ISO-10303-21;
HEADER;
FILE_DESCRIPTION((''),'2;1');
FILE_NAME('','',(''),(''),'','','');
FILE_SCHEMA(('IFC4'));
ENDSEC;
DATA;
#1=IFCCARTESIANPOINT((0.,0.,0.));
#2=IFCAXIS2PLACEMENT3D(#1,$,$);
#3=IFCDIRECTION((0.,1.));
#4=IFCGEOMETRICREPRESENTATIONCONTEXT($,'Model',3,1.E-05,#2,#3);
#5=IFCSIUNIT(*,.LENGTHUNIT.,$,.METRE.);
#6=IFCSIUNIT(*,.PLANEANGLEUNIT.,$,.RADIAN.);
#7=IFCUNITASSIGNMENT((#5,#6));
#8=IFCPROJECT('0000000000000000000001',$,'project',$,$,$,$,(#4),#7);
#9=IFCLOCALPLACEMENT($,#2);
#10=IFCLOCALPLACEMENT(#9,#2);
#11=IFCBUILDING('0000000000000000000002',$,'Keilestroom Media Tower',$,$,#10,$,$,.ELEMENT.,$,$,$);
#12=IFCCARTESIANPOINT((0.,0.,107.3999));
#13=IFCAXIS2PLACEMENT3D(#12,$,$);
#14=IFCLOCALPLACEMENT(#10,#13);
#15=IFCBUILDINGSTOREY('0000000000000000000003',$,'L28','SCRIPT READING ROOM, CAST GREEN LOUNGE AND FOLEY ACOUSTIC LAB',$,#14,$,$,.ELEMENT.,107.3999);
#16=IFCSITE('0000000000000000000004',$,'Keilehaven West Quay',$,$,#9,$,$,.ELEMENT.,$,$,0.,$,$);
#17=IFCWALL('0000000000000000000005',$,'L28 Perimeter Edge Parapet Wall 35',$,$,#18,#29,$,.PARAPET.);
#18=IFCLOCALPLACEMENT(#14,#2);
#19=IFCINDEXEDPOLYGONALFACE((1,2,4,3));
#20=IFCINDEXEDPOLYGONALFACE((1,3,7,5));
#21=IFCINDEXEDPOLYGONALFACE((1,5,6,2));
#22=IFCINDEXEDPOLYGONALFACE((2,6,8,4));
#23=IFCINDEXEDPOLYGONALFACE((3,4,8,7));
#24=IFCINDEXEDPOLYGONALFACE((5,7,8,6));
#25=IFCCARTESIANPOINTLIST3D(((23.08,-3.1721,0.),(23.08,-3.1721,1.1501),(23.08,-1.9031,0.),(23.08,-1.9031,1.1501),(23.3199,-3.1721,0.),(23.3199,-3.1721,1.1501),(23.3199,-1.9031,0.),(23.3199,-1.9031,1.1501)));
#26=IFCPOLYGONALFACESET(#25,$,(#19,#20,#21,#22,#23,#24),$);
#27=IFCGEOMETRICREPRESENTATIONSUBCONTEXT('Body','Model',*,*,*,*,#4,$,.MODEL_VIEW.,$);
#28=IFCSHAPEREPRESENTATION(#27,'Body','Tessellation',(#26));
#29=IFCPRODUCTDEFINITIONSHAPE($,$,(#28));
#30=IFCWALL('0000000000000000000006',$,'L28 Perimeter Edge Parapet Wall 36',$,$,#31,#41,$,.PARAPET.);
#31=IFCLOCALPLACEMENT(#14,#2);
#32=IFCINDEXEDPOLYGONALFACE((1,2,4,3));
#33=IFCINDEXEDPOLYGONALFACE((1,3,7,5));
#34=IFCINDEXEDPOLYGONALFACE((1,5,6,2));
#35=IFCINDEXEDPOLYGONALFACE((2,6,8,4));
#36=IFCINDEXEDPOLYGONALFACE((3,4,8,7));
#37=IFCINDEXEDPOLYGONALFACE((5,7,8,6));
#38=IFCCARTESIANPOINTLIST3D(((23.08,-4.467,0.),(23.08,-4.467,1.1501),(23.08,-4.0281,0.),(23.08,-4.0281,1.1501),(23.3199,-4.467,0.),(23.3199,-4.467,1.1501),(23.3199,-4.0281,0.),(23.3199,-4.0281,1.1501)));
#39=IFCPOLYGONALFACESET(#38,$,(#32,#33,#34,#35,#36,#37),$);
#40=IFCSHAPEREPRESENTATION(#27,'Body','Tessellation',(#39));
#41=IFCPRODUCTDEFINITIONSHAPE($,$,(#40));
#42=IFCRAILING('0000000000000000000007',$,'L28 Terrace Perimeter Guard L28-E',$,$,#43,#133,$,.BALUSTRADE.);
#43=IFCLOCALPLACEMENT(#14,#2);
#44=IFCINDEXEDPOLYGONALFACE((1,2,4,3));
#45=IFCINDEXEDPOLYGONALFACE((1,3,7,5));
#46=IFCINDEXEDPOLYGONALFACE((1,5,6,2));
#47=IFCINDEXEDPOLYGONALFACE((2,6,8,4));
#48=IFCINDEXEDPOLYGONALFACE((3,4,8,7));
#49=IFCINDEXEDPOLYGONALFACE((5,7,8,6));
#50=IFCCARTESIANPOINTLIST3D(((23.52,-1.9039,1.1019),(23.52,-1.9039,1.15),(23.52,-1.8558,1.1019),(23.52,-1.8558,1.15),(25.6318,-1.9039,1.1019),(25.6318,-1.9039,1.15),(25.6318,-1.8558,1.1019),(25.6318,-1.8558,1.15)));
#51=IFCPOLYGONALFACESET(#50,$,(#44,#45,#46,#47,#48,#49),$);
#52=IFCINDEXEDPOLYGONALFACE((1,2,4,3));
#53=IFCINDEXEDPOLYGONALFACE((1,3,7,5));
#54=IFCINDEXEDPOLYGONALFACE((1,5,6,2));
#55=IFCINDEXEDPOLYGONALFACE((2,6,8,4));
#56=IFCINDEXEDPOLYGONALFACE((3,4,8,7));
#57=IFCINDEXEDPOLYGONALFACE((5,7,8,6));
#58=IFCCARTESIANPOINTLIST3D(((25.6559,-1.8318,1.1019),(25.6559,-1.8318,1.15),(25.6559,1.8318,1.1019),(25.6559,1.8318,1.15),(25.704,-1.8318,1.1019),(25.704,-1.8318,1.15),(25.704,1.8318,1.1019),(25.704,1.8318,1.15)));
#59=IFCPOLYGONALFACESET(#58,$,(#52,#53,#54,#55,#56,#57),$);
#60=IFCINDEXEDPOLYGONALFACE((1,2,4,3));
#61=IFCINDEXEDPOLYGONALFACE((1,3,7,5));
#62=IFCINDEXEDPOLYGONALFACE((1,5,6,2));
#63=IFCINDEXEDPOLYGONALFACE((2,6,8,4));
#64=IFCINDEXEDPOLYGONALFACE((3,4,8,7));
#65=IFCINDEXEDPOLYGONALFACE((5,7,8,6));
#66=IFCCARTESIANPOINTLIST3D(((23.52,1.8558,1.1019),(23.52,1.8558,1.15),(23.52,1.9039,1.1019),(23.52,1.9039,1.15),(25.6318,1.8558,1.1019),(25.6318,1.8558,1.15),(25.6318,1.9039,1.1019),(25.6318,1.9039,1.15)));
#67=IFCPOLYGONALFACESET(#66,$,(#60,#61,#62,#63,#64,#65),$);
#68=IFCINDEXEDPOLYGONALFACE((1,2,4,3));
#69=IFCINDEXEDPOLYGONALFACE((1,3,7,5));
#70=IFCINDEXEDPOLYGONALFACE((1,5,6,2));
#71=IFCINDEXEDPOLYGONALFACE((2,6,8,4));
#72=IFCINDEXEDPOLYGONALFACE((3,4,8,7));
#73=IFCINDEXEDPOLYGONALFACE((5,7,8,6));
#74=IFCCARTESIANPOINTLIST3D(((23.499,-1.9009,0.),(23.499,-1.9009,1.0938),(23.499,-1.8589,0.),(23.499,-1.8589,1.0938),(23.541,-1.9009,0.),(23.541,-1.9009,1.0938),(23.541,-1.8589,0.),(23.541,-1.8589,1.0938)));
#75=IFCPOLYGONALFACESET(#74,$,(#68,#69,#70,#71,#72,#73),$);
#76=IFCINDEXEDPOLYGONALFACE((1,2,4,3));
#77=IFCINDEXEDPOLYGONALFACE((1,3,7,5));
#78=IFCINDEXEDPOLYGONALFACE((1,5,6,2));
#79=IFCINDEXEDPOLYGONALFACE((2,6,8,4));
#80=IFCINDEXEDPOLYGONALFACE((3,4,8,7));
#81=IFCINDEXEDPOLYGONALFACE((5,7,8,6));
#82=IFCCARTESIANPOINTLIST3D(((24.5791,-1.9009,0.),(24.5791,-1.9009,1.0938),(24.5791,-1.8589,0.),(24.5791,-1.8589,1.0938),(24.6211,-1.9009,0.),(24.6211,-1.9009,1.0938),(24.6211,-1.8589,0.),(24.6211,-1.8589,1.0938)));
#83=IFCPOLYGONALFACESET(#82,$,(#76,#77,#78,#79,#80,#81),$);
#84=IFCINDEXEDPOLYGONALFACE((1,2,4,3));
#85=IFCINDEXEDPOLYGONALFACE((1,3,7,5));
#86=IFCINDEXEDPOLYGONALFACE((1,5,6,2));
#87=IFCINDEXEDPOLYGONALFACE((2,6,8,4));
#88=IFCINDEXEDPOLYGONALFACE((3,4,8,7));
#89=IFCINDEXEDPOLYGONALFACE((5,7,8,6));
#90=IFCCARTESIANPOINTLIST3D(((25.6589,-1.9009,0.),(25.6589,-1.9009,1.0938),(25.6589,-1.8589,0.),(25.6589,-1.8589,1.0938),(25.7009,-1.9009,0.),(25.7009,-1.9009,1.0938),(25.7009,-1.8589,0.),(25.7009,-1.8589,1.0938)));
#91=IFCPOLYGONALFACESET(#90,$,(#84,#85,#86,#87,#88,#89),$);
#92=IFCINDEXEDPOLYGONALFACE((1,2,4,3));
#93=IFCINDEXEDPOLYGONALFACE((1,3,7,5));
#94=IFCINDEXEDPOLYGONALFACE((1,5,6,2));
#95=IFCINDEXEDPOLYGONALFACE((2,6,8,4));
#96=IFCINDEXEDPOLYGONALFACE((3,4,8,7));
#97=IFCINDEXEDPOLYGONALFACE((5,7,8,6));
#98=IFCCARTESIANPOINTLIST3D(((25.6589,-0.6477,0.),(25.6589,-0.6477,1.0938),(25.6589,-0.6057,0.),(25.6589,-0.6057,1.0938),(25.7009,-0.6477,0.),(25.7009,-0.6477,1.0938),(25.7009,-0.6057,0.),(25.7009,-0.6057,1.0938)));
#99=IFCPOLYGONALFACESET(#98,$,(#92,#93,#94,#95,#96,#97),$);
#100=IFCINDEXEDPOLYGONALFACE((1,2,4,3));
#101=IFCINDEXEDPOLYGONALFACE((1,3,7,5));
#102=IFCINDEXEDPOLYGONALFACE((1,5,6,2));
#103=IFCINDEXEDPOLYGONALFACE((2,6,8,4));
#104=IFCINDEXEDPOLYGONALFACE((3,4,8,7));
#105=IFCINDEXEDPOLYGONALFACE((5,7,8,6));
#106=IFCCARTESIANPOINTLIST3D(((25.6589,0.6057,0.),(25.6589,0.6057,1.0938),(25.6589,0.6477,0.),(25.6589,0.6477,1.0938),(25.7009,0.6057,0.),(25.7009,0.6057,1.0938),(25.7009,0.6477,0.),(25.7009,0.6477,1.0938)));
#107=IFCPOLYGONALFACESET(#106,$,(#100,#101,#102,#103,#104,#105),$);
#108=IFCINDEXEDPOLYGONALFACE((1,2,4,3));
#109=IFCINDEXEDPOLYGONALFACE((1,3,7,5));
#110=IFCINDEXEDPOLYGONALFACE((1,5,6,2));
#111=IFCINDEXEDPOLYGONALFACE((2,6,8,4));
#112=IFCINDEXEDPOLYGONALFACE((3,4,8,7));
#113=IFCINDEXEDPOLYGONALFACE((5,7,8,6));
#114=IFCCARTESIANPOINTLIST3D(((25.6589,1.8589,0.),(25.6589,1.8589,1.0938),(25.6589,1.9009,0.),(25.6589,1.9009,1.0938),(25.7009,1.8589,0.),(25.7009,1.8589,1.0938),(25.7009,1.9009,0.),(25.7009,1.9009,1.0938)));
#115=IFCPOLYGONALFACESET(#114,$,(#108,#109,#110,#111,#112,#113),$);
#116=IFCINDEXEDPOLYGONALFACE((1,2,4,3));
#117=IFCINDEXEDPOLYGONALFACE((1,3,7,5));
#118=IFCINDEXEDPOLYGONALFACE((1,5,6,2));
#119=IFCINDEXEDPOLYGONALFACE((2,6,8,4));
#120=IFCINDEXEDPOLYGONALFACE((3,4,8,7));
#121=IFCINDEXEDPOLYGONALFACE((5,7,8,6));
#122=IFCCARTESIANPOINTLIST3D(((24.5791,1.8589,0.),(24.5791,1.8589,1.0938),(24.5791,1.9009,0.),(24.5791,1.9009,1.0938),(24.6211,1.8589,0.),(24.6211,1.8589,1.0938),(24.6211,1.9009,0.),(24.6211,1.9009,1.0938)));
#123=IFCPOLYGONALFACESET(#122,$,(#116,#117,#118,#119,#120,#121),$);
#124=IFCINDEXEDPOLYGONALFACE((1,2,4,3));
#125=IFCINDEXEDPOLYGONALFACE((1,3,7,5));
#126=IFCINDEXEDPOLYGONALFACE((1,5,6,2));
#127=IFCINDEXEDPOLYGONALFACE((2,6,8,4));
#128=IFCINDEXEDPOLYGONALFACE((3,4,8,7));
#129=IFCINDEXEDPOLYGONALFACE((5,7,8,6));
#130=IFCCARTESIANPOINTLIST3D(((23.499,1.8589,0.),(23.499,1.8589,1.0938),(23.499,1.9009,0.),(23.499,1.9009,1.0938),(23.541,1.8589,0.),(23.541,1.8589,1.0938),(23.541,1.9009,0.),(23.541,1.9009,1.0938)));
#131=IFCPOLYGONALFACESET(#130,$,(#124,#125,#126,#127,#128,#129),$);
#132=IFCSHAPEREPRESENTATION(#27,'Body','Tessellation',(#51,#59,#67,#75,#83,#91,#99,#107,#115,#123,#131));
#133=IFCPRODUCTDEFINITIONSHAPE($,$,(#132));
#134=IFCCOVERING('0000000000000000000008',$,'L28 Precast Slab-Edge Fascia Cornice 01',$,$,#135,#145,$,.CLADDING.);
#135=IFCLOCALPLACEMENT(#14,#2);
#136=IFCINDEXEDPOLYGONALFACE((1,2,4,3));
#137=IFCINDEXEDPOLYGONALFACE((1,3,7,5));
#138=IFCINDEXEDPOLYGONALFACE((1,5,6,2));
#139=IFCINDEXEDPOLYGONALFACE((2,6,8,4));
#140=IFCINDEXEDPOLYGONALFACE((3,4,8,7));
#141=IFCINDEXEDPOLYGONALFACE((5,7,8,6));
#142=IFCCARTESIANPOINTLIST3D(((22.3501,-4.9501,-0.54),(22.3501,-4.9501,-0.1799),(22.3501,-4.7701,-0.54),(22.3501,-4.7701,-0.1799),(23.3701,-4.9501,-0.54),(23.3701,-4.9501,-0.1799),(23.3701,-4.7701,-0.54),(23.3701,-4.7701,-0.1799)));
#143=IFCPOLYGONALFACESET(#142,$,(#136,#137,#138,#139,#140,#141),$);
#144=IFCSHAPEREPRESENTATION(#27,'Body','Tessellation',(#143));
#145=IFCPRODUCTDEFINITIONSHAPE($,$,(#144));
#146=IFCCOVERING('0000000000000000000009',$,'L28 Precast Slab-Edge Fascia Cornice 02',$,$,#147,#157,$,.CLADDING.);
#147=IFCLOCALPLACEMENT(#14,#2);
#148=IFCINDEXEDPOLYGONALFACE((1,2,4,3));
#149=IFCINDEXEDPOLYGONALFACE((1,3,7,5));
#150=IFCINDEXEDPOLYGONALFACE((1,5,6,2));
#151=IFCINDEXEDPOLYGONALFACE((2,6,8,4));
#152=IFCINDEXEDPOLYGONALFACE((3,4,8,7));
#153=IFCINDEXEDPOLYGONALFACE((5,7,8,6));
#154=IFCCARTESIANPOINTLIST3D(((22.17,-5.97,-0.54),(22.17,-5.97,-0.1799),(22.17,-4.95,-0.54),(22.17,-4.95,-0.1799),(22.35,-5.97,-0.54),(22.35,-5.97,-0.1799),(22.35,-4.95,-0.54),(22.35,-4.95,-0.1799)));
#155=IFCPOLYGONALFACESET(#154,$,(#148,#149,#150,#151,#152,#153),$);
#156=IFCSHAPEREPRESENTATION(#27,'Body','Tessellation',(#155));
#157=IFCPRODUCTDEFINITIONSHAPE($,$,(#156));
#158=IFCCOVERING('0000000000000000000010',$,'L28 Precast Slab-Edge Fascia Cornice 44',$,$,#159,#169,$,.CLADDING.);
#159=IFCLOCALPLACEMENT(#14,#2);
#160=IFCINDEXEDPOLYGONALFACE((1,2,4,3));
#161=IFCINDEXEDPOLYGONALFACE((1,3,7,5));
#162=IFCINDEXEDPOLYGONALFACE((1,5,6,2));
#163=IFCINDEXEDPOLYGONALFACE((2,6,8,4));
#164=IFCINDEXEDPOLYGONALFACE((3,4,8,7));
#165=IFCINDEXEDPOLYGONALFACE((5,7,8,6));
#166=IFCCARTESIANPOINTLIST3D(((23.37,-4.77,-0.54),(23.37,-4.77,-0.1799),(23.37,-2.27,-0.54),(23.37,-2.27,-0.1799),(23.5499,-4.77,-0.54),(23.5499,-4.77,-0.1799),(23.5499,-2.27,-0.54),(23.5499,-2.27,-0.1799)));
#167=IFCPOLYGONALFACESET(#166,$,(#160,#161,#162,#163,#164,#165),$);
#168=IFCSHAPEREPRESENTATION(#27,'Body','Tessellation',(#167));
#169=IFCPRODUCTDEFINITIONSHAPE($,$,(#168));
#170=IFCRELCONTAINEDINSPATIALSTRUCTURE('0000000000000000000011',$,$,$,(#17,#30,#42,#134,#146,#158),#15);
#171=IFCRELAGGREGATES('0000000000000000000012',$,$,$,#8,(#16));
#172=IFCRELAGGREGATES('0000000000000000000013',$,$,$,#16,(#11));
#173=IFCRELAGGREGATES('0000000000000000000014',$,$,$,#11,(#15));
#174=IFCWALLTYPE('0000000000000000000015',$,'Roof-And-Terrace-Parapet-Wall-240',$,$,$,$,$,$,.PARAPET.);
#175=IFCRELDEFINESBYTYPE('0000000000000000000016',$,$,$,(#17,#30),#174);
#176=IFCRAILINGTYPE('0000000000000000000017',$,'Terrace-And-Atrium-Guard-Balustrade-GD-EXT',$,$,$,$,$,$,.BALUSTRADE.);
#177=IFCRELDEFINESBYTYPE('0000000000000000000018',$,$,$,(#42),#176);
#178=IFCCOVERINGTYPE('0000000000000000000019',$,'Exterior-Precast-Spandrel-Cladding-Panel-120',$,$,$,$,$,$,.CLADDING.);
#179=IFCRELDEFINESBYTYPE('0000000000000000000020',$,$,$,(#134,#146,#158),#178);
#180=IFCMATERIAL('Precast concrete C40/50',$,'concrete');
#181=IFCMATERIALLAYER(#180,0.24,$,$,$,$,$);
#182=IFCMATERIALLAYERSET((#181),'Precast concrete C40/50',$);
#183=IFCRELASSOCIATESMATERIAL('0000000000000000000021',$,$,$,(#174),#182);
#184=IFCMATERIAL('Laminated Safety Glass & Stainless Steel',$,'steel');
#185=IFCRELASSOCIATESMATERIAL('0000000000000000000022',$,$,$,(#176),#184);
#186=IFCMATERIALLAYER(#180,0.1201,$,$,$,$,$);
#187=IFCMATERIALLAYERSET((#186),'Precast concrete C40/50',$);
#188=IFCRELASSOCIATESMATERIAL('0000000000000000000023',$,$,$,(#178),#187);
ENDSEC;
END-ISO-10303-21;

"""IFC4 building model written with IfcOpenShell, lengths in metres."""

from ifc_helpers import new_model, si_unit, direction, frame, frame_2d, origin, origin_2d, place, context, subcontext, project, spatial, rectangle, extrude, source, transform, mapped, material, layer, layer_set, type_object, element, save


model = new_model("IFC4")

# Units and contexts
model_context = context("Model", 3, precision=1e-05, world=origin(), true_north=direction((0.0, 1.0)))
body_context = subcontext(model_context, "Body", "Model", "MODEL_VIEW")
ifc_project = project(units=[si_unit("LENGTHUNIT", "METRE"), si_unit("PLANEANGLEUNIT", "RADIAN")], contexts=[model_context])

# Site, building, storey
site_placement = place(None, origin())
site = spatial("IfcSite", under=ifc_project, at=site_placement, Name="Keilehaven West Quay", CompositionType="ELEMENT", RefElevation=0.0)
building_placement = place(site_placement, origin())
building = spatial("IfcBuilding", under=site, at=building_placement, Name="Keilestroom Media Tower", CompositionType="ELEMENT")
storey_placement = place(building_placement, frame((0.0, 0.0, 107.3999)))
storey = spatial("IfcBuildingStorey", under=building, at=storey_placement, Name="L28", Description="SCRIPT READING ROOM, CAST GREEN LOUNGE AND FOLEY ACOUSTIC LAB", CompositionType="ELEMENT", Elevation=107.3999)

# Shared definitions
ifc_material_1 = material(Name="Precast concrete C40/50", Category="concrete")

# Walls
ifc_layer_1 = layer(ifc_material_1, 0.24)
ifc_layer_set_1 = layer_set([ifc_layer_1], Name="Precast concrete C40/50")
wall_type_1 = type_object("IfcWallType", Name="Roof-And-Terrace-Parapet-Wall-240", PredefinedType="PARAPET", material=ifc_layer_set_1)
wall_1_placement = place(storey_placement, frame((23.2, -1.9031, 0.0), z_axis=(0.0, 0.0, 1.0), x_axis=(0.0, -1.0, 0.0)))
element("IfcWall", 1, at=wall_1_placement, inside=storey, type_object=wall_type_1, Name="L28 Perimeter Edge Parapet Wall 35", PredefinedType="PARAPET", context=body_context, shape_type="SweptSolid", body=[
    extrude(rectangle(XDim=1.269, YDim=0.24, at=frame_2d((0.6345, 0.0))), origin(), (0.0, 0.0, 1.0), 1.1501),
])
wall_2_placement = place(storey_placement, frame((23.2, -4.0281, 0.0), z_axis=(0.0, 0.0, 1.0), x_axis=(0.0, -1.0, 0.0)))
element("IfcWall", 2, at=wall_2_placement, inside=storey, type_object=wall_type_1, Name="L28 Perimeter Edge Parapet Wall 36", PredefinedType="PARAPET", context=body_context, shape_type="SweptSolid", body=[
    extrude(rectangle(XDim=0.439, YDim=0.24, at=frame_2d((0.2195, 0.0))), origin(), (0.0, 0.0, 1.0), 1.1501),
])

# Railing
ifc_material_2 = material(Name="Laminated Safety Glass & Stainless Steel", Category="steel")
railing_type = type_object("IfcRailingType", Name="Terrace-And-Atrium-Guard-Balustrade-GD-EXT", PredefinedType="BALUSTRADE", material=ifc_material_2)
railing_placement = place(storey_placement, frame((23.52, -1.8799, 0.0)))
element("IfcRailing", 3, at=railing_placement, inside=storey, type_object=railing_type, Name="L28 Terrace Perimeter Guard L28-E", PredefinedType="BALUSTRADE", context=body_context, shape_type="SweptSolid", body=[
    extrude(rectangle(XDim=0.0481, YDim=0.0481, at=origin_2d()), frame((0.0, 0.0, 1.126), z_axis=(1.0, 0.0, 0.0), x_axis=(0.0, 1.0, 0.0)), (0.0, 0.0, 1.0), 2.1118),
    extrude(rectangle(XDim=0.0481, YDim=0.0481, at=origin_2d()), frame((2.1599, 0.0481, 1.126), z_axis=(0.0, 1.0, 0.0), x_axis=(-1.0, 0.0, 0.0)), (0.0, 0.0, 1.0), 3.6636),
    extrude(rectangle(XDim=0.0481, YDim=0.0481, at=origin_2d()), frame((2.1118, 3.7598, 1.126), z_axis=(-1.0, 0.0, 0.0), x_axis=(0.0, -1.0, 0.0)), (0.0, 0.0, 1.0), 2.1118),
    extrude(rectangle(XDim=0.042, YDim=0.042, at=origin_2d()), origin(), (0.0, 0.0, 1.0), 1.0938),
    extrude(rectangle(XDim=0.042, YDim=0.042, at=origin_2d()), frame((1.0801, 0.0, 0.0)), (0.0, 0.0, 1.0), 1.0938),
    extrude(rectangle(XDim=0.042, YDim=0.042, at=origin_2d()), frame((2.1599, 0.0, 0.0)), (0.0, 0.0, 1.0), 1.0938),
    extrude(rectangle(XDim=0.042, YDim=0.042, at=origin_2d()), frame((2.1599, 1.2532, 0.0)), (0.0, 0.0, 1.0), 1.0938),
    extrude(rectangle(XDim=0.042, YDim=0.042, at=origin_2d()), frame((2.1599, 2.5066, 0.0)), (0.0, 0.0, 1.0), 1.0938),
    extrude(rectangle(XDim=0.042, YDim=0.042, at=origin_2d()), frame((2.1599, 3.7598, 0.0)), (0.0, 0.0, 1.0), 1.0938),
    extrude(rectangle(XDim=0.042, YDim=0.042, at=origin_2d()), frame((1.0801, 3.7598, 0.0)), (0.0, 0.0, 1.0), 1.0938),
    extrude(rectangle(XDim=0.042, YDim=0.042, at=origin_2d()), frame((0.0, 3.7598, 0.0)), (0.0, 0.0, 1.0), 1.0938),
])

# Coverings
ifc_layer_2 = layer(ifc_material_1, 0.1201)
ifc_layer_set_2 = layer_set([ifc_layer_2], Name="Precast concrete C40/50")
covering_type = type_object("IfcCoveringType", Name="Exterior-Precast-Spandrel-Cladding-Panel-120", PredefinedType="CLADDING", material=ifc_layer_set_2)
shared_shape_1 = source(origin(), body_context, "Body", "SweptSolid", [
    extrude(rectangle(XDim=1.02, YDim=0.1799, at=origin_2d()), origin(), (0.0, 0.0, 1.0), 0.3601),
])
for number, where, z_axis, x_axis, name in (
    (4, (22.8601, -4.8601, -0.54), (0.0, 0.0, 1.0), (-1.0, 0.0, 0.0), "L28 Precast Slab-Edge Fascia Cornice 01"),
    (5, (22.26, -5.46, -0.54), (0.0, 0.0, 1.0), (0.0, -1.0, 0.0), "L28 Precast Slab-Edge Fascia Cornice 02"),
):
    element("IfcCovering", number, at=place(storey_placement, frame(where, z_axis=z_axis, x_axis=x_axis)), inside=storey, type_object=covering_type, Name=name, PredefinedType="CLADDING", context=body_context, shape_type="MappedRepresentation", body=[
        mapped(shared_shape_1, transform((0.0, 0.0, 0.0), x_axis=(1.0, 0.0, 0.0), y_axis=(0.0, 1.0, 0.0), z_axis=(0.0, 0.0, 1.0), scale=1.0)),
    ])
shared_shape_2 = source(origin(), body_context, "Body", "SweptSolid", [
    extrude(rectangle(XDim=2.5, YDim=0.1799, at=origin_2d()), origin(), (0.0, 0.0, 1.0), 0.3601),
])
covering_placement = place(storey_placement, frame((23.46, -3.52, -0.54), z_axis=(0.0, 0.0, 1.0), x_axis=(0.0, -1.0, 0.0)))
element("IfcCovering", 6, at=covering_placement, inside=storey, type_object=covering_type, Name="L28 Precast Slab-Edge Fascia Cornice 44", PredefinedType="CLADDING", context=body_context, shape_type="MappedRepresentation", body=[
    mapped(shared_shape_2, transform((0.0, 0.0, 0.0), x_axis=(1.0, 0.0, 0.0), y_axis=(0.0, 1.0, 0.0), z_axis=(0.0, 0.0, 1.0), scale=1.0)),
])

save(model, "model.ifc")
